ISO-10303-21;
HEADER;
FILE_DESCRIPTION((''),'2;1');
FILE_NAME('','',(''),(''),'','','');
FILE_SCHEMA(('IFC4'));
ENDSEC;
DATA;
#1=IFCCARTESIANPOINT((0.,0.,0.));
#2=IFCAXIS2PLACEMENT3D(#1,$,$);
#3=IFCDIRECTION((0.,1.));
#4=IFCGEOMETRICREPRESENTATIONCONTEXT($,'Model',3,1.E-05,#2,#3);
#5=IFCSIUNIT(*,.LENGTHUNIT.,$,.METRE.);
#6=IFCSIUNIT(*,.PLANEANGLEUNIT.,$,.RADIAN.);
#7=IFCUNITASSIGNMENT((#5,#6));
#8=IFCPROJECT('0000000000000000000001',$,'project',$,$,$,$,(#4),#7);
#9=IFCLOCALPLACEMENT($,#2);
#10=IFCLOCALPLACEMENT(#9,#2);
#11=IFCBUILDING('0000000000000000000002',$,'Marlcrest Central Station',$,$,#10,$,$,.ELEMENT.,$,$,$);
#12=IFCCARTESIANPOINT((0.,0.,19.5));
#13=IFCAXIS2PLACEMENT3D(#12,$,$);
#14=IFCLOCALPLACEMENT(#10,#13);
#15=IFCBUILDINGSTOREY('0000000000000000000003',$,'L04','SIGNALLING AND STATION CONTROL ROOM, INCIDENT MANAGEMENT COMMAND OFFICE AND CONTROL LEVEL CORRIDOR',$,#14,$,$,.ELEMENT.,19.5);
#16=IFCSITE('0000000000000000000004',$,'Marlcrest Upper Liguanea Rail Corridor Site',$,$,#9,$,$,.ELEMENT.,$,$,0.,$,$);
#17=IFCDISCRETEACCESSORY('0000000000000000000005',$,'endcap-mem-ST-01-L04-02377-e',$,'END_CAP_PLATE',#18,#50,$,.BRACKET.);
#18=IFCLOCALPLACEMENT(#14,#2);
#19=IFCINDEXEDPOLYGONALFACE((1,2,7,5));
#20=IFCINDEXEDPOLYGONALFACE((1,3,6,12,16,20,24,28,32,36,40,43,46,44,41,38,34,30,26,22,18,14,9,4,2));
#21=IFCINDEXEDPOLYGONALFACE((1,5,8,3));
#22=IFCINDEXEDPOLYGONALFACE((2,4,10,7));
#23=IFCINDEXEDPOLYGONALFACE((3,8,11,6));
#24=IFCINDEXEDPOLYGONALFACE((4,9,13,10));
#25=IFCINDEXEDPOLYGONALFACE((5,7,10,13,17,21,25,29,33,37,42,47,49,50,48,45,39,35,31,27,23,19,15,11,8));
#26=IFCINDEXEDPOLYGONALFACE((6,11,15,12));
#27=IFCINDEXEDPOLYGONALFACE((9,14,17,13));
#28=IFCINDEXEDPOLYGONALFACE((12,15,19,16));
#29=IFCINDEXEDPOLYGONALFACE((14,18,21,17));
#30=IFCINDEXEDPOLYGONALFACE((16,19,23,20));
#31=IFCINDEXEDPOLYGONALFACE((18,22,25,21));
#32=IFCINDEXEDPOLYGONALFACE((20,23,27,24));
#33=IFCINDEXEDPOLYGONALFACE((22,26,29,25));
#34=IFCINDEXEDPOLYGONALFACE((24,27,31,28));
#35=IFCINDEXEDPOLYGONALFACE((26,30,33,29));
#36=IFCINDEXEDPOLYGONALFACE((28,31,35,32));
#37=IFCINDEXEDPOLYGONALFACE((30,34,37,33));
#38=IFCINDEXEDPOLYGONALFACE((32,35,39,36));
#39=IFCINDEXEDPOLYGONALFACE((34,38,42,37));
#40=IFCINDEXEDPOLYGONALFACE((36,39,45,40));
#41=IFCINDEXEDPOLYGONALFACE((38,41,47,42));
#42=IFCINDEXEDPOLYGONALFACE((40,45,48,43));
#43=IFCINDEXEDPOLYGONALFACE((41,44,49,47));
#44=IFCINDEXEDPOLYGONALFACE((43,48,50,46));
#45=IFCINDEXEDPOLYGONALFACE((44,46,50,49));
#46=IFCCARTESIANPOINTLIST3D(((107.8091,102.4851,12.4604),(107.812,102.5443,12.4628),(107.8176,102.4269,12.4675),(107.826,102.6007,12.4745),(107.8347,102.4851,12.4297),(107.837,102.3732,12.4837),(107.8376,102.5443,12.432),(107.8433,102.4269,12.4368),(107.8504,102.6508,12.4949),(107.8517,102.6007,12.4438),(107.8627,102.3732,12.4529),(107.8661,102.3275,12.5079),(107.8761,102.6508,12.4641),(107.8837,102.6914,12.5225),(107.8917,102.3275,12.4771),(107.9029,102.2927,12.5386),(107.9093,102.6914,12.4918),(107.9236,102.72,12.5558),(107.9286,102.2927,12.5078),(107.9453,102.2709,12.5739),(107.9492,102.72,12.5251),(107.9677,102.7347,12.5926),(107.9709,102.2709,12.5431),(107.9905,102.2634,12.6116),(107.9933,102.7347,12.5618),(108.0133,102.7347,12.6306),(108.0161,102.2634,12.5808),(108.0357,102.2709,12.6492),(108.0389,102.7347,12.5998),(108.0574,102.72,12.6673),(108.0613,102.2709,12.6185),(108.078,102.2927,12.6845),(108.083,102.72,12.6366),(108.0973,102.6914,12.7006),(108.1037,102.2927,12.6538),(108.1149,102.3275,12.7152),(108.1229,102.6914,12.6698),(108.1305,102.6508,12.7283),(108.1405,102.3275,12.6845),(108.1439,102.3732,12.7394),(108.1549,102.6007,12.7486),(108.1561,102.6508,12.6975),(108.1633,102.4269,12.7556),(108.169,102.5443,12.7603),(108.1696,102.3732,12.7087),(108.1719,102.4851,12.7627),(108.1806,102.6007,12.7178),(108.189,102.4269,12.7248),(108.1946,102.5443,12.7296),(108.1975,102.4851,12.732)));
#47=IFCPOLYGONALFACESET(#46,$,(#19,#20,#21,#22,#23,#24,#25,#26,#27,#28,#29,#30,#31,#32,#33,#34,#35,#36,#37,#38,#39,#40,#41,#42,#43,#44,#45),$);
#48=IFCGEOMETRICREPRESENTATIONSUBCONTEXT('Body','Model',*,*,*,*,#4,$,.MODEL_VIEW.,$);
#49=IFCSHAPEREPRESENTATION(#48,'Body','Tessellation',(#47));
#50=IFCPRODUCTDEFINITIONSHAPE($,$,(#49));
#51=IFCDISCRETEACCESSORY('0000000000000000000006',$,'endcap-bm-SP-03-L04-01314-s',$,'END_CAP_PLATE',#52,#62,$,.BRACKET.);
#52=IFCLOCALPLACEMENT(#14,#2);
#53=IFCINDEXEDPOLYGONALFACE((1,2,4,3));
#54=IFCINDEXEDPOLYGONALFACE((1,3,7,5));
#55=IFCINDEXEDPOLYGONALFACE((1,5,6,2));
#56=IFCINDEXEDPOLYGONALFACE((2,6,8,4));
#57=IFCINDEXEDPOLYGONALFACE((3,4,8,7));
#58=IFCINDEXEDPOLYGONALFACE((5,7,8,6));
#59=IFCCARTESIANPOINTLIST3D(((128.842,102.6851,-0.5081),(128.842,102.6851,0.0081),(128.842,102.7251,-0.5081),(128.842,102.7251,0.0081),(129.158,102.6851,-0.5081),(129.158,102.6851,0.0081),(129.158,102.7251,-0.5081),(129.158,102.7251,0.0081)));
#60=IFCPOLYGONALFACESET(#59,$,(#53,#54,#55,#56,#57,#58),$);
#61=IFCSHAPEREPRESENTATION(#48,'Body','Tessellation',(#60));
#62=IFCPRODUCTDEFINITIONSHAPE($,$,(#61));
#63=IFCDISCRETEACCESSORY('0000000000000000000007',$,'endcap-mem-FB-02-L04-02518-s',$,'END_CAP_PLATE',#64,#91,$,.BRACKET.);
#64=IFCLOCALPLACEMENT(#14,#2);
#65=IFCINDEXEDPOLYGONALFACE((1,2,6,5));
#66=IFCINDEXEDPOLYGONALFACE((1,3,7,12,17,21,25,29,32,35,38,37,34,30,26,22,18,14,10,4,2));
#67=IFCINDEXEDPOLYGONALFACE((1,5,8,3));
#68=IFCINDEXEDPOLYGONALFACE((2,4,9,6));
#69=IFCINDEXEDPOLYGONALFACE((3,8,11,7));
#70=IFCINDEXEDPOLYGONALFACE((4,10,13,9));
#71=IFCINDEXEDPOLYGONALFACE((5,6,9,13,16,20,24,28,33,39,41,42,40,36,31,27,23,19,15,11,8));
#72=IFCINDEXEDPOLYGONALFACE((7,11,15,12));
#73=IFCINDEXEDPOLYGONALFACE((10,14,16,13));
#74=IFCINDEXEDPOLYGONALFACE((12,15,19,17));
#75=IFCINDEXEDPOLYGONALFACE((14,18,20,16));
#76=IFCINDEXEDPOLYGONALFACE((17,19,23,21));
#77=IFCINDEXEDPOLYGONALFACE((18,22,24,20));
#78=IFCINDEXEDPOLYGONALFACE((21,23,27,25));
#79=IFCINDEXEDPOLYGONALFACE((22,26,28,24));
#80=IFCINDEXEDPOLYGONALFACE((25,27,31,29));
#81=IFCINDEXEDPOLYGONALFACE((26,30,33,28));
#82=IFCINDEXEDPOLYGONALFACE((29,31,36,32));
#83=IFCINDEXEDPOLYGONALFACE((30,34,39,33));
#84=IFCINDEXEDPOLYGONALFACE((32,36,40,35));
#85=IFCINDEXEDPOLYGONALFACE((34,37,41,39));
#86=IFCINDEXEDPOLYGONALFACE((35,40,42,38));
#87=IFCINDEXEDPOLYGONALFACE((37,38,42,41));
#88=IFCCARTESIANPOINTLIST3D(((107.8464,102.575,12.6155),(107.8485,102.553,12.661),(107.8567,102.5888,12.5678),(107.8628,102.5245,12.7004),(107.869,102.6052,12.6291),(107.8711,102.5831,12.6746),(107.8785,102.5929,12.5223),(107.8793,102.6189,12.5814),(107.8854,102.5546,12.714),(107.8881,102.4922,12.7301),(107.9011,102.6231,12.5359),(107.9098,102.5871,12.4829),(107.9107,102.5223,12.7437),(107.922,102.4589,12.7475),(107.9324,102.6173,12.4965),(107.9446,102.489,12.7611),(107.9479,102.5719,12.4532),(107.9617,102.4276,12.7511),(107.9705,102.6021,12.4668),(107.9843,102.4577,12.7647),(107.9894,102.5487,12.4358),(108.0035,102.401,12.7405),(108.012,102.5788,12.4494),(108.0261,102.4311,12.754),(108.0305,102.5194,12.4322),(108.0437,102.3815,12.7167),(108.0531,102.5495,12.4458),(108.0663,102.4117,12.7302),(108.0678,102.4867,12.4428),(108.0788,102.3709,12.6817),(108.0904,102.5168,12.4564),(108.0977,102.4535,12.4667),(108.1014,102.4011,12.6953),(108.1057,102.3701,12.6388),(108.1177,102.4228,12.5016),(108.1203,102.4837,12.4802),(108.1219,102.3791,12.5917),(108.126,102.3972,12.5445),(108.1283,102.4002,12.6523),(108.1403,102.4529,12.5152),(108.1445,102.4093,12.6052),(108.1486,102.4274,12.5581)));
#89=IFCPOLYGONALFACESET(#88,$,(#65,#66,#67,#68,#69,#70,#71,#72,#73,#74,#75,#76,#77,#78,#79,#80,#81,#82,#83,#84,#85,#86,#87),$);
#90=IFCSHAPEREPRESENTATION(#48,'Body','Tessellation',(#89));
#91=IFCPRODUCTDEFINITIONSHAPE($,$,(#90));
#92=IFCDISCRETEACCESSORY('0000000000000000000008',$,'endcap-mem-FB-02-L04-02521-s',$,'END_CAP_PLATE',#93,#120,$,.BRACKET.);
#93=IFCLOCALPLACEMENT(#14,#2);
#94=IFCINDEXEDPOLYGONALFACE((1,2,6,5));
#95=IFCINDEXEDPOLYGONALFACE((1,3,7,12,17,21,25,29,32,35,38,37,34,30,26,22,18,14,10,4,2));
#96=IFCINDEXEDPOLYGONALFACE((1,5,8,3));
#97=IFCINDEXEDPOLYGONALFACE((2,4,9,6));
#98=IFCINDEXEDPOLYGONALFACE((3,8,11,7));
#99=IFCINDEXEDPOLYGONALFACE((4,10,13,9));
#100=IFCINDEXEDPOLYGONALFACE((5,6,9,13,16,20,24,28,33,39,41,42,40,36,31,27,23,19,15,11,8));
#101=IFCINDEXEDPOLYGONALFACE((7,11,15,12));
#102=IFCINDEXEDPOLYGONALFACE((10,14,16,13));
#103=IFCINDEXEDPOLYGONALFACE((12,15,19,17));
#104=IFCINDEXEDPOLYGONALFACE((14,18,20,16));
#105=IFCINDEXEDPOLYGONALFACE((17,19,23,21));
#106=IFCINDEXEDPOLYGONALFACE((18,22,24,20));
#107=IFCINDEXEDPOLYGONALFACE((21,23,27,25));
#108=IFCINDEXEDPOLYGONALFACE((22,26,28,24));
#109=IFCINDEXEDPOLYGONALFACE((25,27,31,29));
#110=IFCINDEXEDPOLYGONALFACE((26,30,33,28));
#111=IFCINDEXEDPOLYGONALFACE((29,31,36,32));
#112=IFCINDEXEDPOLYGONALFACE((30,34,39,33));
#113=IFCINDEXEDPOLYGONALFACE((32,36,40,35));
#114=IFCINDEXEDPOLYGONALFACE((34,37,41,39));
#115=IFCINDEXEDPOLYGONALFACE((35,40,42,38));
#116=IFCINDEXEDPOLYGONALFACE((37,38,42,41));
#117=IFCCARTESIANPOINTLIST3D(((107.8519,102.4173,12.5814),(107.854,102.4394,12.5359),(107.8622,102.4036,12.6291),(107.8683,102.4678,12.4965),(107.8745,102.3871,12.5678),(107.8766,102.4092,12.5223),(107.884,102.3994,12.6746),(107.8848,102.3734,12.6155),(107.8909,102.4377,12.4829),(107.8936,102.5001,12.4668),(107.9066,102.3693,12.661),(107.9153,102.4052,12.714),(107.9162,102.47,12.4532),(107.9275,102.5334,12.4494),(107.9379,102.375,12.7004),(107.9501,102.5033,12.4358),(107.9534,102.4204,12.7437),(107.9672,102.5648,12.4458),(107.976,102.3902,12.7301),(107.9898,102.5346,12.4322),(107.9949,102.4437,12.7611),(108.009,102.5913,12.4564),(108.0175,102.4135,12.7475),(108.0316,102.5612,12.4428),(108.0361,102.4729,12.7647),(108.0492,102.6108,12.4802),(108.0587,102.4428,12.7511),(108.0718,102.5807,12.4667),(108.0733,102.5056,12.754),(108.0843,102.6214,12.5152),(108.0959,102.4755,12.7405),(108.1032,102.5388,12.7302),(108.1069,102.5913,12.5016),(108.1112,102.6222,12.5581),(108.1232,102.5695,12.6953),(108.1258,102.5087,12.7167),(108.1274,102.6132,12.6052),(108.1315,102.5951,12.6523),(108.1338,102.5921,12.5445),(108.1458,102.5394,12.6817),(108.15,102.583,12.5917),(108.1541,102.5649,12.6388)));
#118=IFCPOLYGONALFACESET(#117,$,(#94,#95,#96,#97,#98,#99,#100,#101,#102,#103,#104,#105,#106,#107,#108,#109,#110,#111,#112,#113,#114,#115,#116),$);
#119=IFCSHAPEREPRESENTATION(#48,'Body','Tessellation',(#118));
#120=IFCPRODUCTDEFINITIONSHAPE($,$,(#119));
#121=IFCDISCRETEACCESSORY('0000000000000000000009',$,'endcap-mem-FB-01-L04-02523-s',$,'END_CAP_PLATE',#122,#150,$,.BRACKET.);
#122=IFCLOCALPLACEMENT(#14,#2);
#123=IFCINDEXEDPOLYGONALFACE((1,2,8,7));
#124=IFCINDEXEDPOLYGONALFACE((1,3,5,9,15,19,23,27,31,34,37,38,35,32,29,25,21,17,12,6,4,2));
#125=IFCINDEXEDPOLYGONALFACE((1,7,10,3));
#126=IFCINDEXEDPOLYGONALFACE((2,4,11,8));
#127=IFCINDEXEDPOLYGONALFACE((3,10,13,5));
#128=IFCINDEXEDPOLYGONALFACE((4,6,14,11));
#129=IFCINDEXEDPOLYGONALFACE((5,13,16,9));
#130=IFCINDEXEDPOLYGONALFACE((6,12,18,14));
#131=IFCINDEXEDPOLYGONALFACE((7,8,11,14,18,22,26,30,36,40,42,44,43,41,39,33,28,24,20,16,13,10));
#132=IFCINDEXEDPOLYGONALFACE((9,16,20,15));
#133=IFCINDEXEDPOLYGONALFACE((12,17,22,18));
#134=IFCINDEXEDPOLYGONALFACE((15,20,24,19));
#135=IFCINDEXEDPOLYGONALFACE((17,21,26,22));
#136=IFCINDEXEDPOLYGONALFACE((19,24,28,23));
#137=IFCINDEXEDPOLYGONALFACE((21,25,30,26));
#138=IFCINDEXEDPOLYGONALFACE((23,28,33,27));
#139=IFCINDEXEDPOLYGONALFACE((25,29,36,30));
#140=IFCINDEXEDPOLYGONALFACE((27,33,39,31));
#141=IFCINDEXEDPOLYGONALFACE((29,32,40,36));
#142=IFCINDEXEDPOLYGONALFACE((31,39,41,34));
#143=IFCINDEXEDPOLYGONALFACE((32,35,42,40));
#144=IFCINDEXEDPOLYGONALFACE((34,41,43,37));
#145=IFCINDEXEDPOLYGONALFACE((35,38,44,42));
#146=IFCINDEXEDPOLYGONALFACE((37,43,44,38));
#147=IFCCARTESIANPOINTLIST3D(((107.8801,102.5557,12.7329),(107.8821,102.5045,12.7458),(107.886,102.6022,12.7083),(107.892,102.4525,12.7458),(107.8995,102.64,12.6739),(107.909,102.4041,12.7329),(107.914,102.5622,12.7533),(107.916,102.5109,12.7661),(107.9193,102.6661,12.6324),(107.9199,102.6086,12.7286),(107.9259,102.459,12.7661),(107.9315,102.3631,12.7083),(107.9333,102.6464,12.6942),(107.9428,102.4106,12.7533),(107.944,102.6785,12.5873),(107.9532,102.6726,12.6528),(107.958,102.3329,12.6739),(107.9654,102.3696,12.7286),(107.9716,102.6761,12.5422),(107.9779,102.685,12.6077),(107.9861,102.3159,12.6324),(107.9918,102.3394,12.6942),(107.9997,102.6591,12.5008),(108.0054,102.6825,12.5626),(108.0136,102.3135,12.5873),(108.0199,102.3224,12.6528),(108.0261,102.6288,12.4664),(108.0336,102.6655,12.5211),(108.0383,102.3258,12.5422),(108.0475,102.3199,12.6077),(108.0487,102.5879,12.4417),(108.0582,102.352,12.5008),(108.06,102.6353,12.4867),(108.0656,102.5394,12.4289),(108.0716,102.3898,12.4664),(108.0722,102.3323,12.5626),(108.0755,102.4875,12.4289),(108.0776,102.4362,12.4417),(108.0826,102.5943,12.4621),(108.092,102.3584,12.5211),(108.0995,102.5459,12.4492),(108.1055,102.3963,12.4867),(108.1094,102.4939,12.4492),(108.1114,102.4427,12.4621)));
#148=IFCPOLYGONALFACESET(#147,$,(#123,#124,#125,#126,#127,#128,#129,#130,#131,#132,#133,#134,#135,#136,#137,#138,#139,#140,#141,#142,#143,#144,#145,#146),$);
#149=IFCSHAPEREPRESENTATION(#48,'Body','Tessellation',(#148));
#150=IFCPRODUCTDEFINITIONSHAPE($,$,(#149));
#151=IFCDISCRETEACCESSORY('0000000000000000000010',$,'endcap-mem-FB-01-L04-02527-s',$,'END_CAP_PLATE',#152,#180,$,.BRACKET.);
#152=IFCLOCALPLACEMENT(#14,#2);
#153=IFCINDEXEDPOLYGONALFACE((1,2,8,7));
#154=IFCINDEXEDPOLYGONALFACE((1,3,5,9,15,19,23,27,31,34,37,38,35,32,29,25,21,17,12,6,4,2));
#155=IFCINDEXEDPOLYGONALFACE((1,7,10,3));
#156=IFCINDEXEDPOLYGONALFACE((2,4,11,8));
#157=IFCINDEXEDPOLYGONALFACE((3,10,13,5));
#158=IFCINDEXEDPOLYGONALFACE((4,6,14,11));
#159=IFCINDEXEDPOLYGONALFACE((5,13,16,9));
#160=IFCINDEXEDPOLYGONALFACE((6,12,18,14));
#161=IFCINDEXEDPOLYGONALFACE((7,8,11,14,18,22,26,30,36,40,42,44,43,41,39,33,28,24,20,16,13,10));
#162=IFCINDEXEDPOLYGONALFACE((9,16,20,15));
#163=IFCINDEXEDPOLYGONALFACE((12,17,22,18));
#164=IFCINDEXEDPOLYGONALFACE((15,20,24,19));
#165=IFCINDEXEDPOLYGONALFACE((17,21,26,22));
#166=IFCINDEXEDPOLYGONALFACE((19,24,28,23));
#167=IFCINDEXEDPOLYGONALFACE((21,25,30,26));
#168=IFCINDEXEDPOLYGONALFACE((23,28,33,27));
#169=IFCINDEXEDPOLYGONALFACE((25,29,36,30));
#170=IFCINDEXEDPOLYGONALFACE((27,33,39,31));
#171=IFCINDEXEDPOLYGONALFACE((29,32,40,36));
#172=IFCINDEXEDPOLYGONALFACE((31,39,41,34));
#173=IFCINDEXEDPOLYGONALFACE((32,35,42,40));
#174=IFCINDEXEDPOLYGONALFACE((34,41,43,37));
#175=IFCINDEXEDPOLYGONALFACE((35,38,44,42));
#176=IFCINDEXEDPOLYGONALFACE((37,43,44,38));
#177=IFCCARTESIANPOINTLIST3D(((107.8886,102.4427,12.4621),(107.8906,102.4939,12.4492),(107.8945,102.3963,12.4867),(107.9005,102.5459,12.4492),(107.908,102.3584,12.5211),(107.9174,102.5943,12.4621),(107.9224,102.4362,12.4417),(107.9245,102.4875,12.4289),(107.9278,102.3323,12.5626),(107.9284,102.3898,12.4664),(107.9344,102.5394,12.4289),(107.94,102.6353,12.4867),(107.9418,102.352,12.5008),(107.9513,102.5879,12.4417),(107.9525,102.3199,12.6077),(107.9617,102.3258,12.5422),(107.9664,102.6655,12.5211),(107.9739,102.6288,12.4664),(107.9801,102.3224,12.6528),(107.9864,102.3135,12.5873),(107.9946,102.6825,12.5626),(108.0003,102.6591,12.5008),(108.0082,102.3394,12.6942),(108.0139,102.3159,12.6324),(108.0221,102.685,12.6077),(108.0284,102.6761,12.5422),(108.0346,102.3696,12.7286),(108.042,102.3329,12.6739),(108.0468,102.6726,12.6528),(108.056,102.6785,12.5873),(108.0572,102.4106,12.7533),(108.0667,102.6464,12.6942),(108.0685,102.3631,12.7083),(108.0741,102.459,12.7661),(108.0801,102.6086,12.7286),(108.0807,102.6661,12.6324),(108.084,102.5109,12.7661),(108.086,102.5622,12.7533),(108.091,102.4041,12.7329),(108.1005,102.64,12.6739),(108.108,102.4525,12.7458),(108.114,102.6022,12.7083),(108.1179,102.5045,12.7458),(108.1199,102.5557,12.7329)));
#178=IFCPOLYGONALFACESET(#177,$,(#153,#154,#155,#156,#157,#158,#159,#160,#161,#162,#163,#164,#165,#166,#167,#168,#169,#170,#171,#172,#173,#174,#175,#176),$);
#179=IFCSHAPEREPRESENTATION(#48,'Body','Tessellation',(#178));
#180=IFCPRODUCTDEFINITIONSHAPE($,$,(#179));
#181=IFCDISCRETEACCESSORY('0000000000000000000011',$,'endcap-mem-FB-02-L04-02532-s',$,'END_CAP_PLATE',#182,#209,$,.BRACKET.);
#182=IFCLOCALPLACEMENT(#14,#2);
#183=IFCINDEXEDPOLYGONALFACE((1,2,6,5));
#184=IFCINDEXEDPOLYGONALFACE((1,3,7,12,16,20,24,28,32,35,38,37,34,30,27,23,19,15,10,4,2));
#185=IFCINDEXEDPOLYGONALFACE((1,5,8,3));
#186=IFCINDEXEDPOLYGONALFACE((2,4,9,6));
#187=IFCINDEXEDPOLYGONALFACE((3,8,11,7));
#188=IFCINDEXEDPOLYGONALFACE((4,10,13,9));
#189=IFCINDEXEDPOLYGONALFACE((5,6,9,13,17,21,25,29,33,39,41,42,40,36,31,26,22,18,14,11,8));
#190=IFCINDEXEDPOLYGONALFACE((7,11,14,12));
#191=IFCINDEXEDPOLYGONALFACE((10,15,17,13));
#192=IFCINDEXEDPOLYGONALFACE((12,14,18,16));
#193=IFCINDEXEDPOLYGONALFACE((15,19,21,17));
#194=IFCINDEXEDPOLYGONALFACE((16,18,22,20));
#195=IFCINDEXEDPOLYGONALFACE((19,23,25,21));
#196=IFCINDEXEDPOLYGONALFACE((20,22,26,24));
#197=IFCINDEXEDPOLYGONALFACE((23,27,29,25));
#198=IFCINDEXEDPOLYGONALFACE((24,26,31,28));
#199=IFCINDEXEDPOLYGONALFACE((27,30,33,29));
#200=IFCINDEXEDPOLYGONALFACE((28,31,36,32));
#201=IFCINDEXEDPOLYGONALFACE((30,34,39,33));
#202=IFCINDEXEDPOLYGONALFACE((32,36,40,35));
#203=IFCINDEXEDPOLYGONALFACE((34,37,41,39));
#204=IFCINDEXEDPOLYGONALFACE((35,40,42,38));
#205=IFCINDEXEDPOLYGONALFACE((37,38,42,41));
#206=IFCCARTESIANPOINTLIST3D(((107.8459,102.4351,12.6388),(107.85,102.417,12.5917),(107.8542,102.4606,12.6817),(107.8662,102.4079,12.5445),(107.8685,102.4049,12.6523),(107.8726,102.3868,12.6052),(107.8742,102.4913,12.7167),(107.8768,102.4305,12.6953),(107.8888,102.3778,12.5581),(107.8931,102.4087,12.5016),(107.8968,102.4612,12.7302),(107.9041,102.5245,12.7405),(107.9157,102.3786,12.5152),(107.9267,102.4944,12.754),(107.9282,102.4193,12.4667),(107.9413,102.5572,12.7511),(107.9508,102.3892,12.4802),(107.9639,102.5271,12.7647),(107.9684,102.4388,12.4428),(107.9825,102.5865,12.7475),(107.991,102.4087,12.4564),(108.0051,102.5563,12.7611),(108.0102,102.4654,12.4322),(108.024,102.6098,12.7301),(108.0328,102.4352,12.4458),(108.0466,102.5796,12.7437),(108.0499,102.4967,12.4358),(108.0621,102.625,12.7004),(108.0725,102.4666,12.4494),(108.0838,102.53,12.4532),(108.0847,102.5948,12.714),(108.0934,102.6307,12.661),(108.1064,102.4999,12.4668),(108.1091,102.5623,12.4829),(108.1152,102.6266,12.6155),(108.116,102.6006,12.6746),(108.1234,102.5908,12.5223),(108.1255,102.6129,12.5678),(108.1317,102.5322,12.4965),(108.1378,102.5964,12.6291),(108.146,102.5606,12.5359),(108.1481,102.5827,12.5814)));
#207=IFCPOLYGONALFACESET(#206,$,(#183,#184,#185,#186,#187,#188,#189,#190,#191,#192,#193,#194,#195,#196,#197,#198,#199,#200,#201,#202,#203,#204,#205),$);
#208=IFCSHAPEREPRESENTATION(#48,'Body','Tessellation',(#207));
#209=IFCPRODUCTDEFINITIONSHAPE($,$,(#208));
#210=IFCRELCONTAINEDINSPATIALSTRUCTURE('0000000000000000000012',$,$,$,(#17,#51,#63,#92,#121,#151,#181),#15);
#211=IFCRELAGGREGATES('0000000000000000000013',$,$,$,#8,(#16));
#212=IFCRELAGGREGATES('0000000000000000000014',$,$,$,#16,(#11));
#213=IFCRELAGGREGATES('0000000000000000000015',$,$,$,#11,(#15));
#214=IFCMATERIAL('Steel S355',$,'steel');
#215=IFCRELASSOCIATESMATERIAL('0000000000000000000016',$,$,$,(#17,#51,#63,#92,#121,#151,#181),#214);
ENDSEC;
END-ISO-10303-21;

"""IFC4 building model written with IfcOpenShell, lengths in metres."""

from ifc_helpers import new_model, si_unit, direction, frame, origin, origin_2d, place, context, subcontext, project, spatial, rectangle, circle, extrude, material, element, save


model = new_model("IFC4")

# Units and contexts
model_context = context("Model", 3, precision=1e-05, world=origin(), true_north=direction((0.0, 1.0)))
body_context = subcontext(model_context, "Body", "Model", "MODEL_VIEW")
ifc_project = project(units=[si_unit("LENGTHUNIT", "METRE"), si_unit("PLANEANGLEUNIT", "RADIAN")], contexts=[model_context])

# Site, building, storey
site_placement = place(None, origin())
site = spatial("IfcSite", under=ifc_project, at=site_placement, Name="Marlcrest Upper Liguanea Rail Corridor Site", CompositionType="ELEMENT", RefElevation=0.0)
building_placement = place(site_placement, origin())
building = spatial("IfcBuilding", under=site, at=building_placement, Name="Marlcrest Central Station", CompositionType="ELEMENT")
storey_placement = place(building_placement, frame((0.0, 0.0, 19.5)))
storey = spatial("IfcBuildingStorey", under=building, at=storey_placement, Name="L04", Description="SIGNALLING AND STATION CONTROL ROOM, INCIDENT MANAGEMENT COMMAND OFFICE AND CONTROL LEVEL CORRIDOR", CompositionType="ELEMENT", Elevation=19.5)

# Shared definitions
ifc_material_1 = material(Name="Steel S355", Category="steel")

# Discrete accessories
for number, where, z_axis, x_axis, name in (
    (1, (108.0161, 102.5, 12.5808), (-0.640181, 0.0, 0.768224), (0.0, -1.0, 0.0), "endcap-mem-ST-01-L04-02377-e"),
):
    element("IfcDiscreteAccessory", number, at=place(storey_placement, frame(where, z_axis=z_axis, x_axis=x_axis)), inside=storey, material=ifc_material_1, Name=name, ObjectType="END_CAP_PLATE", PredefinedType="BRACKET", context=body_context, shape_type="SweptSolid", body=[
        extrude(circle(Radius=0.2366, at=origin_2d()), origin(), (0.0, 0.0, 1.0), 0.04),
    ])
discrete_accessory_1_placement = place(storey_placement, frame((129.0, 102.6851, -0.25), z_axis=(0.0, 1.0, 0.0), x_axis=(-1.0, 0.0, 0.0)))
element("IfcDiscreteAccessory", 2, at=discrete_accessory_1_placement, inside=storey, material=ifc_material_1, Name="endcap-bm-SP-03-L04-01314-s", ObjectType="END_CAP_PLATE", PredefinedType="BRACKET", context=body_context, shape_type="SweptSolid", body=[
    extrude(rectangle(XDim=0.3159, YDim=0.5161, at=origin_2d()), origin(), (0.0, 0.0, 1.0), 0.04),
])
for number, where, z_axis, x_axis, name in (
    (3, (108.0085, 102.5112, 12.6052), (-0.564531, -0.752708, -0.338728), (0.8, -0.6, 0.0), "endcap-mem-FB-02-L04-02518-s"),
    (4, (107.9915, 102.5112, 12.6052), (0.564531, -0.752708, -0.338728), (0.8, 0.6, 0.0), "endcap-mem-FB-02-L04-02521-s"),
):
    element("IfcDiscreteAccessory", number, at=place(storey_placement, frame(where, z_axis=z_axis, x_axis=x_axis)), inside=storey, material=ifc_material_1, Name=name, ObjectType="END_CAP_PLATE", PredefinedType="BRACKET", context=body_context, shape_type="SweptSolid", body=[
        extrude(circle(Radius=0.1699, at=origin_2d()), origin(), (0.0, 0.0, 1.0), 0.04),
    ])
for number, where, z_axis, x_axis, name in (
    (5, (108.0127, 102.5024, 12.6077), (-0.846277, -0.161196, -0.50777), (0.187112, -0.982339, 0.0), "endcap-mem-FB-01-L04-02523-s"),
    (6, (107.9873, 102.5024, 12.6077), (0.846277, -0.161196, -0.50777), (0.187112, 0.982339, 0.0), "endcap-mem-FB-01-L04-02527-s"),
):
    element("IfcDiscreteAccessory", number, at=place(storey_placement, frame(where, z_axis=z_axis, x_axis=x_axis)), inside=storey, material=ifc_material_1, Name=name, ObjectType="END_CAP_PLATE", PredefinedType="BRACKET", context=body_context, shape_type="SweptSolid", body=[
        extrude(circle(Radius=0.1858, at=origin_2d()), origin(), (0.0, 0.0, 1.0), 0.04),
    ])
for number, where, z_axis, x_axis, name in (
    (7, (108.0085, 102.4888, 12.6052), (-0.564531, 0.752708, -0.338728), (-0.8, -0.6, 0.0), "endcap-mem-FB-02-L04-02532-s"),
):
    element("IfcDiscreteAccessory", number, at=place(storey_placement, frame(where, z_axis=z_axis, x_axis=x_axis)), inside=storey, material=ifc_material_1, Name=name, ObjectType="END_CAP_PLATE", PredefinedType="BRACKET", context=body_context, shape_type="SweptSolid", body=[
        extrude(circle(Radius=0.1699, at=origin_2d()), origin(), (0.0, 0.0, 1.0), 0.04),
    ])

save(model, "model.ifc")
